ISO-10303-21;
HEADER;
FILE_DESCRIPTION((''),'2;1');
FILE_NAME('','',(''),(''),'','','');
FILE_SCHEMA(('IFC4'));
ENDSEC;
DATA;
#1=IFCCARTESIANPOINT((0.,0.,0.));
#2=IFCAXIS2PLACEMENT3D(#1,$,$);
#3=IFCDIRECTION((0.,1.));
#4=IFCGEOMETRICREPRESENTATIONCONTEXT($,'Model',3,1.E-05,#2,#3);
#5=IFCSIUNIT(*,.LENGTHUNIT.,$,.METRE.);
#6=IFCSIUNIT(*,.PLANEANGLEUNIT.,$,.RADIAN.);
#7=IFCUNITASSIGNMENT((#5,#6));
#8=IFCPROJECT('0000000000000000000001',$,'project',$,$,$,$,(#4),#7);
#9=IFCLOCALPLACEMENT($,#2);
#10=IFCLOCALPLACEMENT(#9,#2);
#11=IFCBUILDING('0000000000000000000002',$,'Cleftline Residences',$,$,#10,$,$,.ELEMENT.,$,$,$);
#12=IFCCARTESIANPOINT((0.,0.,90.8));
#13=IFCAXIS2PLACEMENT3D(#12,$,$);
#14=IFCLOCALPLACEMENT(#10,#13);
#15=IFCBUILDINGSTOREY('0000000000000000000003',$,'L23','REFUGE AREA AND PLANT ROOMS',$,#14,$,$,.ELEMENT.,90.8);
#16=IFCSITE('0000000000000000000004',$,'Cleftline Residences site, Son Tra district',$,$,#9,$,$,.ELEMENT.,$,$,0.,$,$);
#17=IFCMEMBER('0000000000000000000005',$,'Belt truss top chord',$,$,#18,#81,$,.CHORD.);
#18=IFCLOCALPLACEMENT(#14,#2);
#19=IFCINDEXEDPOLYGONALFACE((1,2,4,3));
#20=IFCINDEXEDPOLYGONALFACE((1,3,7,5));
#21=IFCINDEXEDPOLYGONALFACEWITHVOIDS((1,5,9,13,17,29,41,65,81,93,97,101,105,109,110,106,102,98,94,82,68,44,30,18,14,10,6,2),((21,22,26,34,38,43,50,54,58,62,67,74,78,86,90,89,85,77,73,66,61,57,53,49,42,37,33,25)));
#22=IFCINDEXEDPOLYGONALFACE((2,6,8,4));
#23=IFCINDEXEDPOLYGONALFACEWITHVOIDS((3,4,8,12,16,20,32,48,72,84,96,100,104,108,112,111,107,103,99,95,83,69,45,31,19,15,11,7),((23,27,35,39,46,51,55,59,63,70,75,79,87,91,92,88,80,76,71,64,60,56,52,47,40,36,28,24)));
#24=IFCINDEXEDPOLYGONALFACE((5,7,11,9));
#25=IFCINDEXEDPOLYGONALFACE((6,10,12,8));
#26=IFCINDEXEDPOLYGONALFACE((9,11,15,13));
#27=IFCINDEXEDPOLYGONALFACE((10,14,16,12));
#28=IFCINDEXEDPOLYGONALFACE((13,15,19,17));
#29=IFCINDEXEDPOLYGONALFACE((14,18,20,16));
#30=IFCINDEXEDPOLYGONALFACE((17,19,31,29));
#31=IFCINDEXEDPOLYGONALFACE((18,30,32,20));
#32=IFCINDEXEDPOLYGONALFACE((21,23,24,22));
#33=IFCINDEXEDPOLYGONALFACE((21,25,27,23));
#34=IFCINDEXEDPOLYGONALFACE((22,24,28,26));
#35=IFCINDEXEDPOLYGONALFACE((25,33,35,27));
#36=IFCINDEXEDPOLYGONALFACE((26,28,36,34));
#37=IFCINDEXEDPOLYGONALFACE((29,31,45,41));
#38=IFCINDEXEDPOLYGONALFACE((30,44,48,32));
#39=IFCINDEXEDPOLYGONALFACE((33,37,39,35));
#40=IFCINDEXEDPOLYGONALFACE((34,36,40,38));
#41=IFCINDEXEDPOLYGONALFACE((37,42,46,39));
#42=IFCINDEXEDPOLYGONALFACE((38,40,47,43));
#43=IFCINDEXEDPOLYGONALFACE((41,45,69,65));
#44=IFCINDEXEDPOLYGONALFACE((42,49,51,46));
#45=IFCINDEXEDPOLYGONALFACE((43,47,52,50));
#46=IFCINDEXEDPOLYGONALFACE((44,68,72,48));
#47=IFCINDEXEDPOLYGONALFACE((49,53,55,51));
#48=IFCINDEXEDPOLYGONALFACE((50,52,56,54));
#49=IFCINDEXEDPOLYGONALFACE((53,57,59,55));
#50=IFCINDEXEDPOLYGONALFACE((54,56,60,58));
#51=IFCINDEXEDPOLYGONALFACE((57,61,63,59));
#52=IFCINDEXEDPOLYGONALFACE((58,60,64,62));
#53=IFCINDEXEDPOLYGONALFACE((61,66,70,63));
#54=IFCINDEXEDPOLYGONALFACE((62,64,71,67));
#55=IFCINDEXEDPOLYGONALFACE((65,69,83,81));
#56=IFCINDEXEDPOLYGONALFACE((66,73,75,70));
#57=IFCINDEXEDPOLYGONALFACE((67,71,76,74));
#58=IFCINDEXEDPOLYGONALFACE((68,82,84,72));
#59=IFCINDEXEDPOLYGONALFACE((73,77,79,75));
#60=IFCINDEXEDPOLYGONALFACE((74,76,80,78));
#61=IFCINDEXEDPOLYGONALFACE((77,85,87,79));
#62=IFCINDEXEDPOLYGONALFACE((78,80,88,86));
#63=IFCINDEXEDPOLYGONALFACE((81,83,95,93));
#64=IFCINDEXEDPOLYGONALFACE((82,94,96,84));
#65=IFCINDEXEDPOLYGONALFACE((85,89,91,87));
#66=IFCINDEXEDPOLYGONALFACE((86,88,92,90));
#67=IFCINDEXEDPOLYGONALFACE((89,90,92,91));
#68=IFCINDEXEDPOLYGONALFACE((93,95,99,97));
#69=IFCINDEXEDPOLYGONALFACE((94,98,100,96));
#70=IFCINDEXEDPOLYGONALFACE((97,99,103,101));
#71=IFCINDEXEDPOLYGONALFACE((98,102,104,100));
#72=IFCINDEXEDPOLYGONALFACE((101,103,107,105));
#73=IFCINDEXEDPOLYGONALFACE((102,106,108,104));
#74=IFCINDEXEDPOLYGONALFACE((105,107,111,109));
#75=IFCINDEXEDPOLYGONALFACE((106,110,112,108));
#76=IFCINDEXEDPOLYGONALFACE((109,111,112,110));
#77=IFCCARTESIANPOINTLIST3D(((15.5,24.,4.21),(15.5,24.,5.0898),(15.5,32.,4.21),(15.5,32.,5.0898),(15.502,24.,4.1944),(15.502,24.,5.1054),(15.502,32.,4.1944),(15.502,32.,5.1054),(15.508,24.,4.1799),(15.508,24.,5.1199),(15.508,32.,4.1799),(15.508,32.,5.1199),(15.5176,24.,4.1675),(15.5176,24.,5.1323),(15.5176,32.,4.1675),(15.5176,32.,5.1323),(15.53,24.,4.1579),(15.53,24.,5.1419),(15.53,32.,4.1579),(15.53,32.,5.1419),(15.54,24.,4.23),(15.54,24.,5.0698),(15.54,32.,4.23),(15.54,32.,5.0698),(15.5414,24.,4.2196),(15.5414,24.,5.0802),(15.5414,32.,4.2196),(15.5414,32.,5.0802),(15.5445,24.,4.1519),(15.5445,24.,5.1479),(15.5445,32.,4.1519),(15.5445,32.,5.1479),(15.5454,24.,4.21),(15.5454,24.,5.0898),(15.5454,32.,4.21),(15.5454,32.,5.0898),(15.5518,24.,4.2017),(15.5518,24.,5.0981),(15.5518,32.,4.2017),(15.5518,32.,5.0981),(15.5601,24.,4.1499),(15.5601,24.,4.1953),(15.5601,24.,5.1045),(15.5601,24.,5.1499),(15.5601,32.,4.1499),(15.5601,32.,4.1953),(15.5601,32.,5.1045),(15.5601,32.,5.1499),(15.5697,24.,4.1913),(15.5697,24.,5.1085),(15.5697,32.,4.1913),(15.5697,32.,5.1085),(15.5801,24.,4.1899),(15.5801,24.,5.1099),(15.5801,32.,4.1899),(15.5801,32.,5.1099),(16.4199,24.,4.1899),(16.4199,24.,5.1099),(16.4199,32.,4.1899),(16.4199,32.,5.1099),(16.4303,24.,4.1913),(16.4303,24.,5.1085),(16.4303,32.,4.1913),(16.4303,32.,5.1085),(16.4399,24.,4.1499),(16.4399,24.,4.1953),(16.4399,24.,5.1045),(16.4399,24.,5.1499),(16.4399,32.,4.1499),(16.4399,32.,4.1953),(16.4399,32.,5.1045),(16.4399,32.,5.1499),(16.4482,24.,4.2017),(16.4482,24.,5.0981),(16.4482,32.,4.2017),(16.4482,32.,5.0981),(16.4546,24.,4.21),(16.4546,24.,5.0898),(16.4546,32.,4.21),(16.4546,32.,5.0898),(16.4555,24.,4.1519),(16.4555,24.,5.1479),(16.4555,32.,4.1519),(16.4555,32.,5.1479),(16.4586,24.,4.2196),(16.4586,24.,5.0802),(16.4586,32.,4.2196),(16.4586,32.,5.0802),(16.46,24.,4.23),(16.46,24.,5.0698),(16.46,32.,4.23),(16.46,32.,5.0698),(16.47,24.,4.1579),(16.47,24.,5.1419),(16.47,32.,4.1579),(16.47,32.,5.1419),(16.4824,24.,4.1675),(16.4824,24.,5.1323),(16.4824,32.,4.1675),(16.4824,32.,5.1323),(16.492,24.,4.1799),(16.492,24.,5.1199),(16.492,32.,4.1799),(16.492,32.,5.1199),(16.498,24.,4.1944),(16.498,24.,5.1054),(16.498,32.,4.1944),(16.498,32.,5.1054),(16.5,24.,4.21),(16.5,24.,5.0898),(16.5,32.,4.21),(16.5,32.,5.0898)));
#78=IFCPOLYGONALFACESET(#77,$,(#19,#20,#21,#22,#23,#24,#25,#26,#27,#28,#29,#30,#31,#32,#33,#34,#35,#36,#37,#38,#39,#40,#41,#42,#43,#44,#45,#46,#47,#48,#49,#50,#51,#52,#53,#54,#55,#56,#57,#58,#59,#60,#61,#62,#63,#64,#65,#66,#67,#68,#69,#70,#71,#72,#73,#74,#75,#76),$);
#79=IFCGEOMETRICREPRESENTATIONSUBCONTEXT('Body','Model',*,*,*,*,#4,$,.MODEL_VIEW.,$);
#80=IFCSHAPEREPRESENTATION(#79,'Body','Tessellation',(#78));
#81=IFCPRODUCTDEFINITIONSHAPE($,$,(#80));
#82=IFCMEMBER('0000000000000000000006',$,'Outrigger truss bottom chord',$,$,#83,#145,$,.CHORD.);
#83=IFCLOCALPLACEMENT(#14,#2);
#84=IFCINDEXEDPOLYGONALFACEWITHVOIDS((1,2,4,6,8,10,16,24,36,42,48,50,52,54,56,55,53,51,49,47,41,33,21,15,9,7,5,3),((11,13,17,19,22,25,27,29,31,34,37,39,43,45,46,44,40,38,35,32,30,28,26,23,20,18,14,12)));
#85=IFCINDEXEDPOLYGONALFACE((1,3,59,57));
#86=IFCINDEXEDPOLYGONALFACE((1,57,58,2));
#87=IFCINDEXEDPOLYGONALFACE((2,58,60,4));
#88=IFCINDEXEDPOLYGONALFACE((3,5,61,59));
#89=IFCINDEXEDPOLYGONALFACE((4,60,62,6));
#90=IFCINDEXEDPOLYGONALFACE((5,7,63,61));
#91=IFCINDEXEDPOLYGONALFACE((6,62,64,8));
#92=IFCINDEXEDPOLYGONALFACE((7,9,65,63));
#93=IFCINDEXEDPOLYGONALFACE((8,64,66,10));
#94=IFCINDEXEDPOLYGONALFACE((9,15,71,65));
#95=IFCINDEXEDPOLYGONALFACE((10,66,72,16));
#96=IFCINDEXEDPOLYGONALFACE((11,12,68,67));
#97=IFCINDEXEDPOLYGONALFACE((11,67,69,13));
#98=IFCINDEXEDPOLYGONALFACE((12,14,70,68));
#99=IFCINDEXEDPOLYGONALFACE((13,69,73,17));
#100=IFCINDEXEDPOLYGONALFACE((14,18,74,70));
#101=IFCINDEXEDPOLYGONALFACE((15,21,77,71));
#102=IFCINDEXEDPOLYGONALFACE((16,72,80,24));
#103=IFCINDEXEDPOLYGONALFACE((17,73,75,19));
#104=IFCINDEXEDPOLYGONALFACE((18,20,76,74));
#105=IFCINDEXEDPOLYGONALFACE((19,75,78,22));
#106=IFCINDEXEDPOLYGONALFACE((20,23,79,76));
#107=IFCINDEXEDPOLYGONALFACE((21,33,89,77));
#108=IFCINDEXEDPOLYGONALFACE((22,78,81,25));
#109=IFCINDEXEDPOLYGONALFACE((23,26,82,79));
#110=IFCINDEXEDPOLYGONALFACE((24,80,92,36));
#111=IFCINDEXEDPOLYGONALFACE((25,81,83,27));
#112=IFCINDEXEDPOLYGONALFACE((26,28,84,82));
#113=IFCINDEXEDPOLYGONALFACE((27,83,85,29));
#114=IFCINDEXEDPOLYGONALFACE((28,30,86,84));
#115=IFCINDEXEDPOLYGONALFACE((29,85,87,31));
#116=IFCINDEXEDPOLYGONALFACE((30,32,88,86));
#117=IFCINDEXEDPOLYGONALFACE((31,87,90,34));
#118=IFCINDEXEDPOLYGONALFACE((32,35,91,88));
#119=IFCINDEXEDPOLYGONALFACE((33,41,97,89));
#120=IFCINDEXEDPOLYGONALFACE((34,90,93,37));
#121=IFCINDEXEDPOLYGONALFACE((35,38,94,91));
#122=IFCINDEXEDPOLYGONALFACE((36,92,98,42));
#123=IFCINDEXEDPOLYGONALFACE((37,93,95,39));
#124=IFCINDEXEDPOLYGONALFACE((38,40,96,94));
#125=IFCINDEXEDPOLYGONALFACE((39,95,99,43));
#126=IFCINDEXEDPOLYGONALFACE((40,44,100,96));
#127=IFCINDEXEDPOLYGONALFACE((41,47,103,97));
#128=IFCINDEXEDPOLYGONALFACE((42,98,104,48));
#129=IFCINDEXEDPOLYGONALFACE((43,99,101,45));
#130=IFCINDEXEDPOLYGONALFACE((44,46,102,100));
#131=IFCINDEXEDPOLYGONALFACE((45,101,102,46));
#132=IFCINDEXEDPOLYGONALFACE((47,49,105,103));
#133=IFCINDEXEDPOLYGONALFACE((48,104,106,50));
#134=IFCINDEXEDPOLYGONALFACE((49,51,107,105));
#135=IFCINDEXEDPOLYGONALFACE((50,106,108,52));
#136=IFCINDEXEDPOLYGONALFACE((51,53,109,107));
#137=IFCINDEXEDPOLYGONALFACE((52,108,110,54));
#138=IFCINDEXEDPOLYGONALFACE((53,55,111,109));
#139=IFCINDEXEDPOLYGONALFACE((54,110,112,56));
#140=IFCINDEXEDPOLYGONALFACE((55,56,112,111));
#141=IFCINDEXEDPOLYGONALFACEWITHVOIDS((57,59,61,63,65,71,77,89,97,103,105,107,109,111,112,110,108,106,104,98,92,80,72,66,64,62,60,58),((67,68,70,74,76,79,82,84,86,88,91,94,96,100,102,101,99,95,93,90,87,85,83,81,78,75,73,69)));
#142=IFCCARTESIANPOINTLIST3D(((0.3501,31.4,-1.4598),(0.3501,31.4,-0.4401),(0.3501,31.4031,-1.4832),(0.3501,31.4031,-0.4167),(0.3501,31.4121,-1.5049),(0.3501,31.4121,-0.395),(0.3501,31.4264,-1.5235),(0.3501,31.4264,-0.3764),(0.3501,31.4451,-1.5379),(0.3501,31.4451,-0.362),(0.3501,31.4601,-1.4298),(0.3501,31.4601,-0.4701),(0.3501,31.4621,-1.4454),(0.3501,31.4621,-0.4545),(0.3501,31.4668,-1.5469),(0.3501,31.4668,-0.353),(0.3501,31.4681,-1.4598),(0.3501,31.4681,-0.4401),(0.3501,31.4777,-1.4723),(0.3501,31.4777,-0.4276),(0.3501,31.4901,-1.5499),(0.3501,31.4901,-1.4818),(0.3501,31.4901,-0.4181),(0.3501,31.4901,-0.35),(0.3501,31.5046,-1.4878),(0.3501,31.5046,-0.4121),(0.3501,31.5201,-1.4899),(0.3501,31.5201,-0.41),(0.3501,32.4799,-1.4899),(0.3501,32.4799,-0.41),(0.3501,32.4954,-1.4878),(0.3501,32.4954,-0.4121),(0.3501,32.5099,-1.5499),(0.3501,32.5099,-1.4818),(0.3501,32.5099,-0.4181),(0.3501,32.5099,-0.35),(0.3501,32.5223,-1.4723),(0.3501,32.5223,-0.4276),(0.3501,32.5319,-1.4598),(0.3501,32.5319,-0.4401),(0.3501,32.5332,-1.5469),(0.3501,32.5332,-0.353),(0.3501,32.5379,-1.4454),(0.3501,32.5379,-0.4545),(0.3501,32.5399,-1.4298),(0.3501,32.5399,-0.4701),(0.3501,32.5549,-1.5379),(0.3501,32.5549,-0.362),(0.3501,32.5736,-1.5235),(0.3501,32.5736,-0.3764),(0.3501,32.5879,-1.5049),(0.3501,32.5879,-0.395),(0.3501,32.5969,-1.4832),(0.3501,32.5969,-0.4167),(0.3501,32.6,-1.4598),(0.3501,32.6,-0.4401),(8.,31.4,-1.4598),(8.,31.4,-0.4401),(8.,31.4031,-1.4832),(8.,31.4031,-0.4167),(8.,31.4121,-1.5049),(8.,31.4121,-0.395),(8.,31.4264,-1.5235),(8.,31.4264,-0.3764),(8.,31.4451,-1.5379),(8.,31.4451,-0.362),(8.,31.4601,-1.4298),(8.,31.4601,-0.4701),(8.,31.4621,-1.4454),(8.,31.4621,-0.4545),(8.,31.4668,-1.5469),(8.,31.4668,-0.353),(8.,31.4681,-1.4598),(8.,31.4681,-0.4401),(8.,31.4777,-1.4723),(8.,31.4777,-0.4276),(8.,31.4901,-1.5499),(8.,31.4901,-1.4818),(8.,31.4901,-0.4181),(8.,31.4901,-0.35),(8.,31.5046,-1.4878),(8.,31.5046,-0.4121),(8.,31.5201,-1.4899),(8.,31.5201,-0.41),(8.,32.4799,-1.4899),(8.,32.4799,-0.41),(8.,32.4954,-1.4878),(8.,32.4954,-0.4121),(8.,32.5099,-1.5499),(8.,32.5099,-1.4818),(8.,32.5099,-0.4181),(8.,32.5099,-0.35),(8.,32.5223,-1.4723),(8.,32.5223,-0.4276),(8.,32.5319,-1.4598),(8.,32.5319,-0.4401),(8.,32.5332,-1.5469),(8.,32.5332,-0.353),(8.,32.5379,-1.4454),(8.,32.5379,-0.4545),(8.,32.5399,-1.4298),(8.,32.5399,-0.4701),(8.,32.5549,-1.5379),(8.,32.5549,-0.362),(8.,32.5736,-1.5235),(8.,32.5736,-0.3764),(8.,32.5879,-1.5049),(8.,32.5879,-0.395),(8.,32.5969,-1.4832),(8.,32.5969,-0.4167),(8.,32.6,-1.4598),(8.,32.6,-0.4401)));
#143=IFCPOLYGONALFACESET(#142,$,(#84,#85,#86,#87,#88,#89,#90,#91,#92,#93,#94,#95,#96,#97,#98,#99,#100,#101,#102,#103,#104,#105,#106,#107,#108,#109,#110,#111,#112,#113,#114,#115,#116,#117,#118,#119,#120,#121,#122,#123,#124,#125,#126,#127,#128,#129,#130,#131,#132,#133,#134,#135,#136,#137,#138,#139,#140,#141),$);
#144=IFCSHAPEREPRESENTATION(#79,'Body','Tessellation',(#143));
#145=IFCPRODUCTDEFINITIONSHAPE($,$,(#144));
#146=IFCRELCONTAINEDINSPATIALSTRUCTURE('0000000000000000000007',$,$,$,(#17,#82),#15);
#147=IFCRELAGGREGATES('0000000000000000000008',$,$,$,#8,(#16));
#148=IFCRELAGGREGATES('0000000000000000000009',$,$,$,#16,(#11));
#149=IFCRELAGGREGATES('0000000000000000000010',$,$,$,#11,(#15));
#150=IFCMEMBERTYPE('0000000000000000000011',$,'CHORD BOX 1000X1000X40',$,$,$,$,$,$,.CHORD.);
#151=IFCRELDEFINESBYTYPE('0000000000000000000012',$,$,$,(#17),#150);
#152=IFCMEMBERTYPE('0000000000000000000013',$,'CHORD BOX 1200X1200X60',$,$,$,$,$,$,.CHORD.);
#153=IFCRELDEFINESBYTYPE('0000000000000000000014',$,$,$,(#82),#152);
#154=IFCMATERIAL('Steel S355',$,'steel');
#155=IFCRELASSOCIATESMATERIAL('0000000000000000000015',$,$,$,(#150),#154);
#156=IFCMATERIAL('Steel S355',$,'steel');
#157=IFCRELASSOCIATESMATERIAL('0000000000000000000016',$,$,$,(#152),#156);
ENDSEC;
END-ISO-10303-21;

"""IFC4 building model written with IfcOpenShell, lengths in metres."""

from ifc_helpers import new_model, si_unit, direction, frame, origin, origin_2d, place, context, subcontext, project, spatial, hollow_rectangle, extrude, material, material_profile, profile_set, type_object, element, save


model = new_model("IFC4")

# Units and contexts
model_context = context("Model", 3, precision=1e-05, world=origin(), true_north=direction((0.0, 1.0)))
body_context = subcontext(model_context, "Body", "Model", "MODEL_VIEW")
ifc_project = project(units=[si_unit("LENGTHUNIT", "METRE"), si_unit("PLANEANGLEUNIT", "RADIAN")], contexts=[model_context])

# Site, building, storey
site_placement = place(None, origin())
site = spatial("IfcSite", under=ifc_project, at=site_placement, Name="Cleftline Residences site, Son Tra district", CompositionType="ELEMENT", RefElevation=0.0)
building_placement = place(site_placement, origin())
building = spatial("IfcBuilding", under=site, at=building_placement, Name="Cleftline Residences", CompositionType="ELEMENT")
storey_placement = place(building_placement, frame((0.0, 0.0, 90.8)))
storey = spatial("IfcBuildingStorey", under=building, at=storey_placement, Name="L23", Description="REFUGE AREA AND PLANT ROOMS", CompositionType="ELEMENT", Elevation=90.8)

# Members
ifc_material_1 = material(Name="Steel S355", Category="steel")
ifc_material_profile_1 = material_profile(ifc_material_1, hollow_rectangle(XDim=1.0, YDim=1.0, WallThickness=0.04, InnerFilletRadius=0.04, OuterFilletRadius=0.0601, at=origin_2d()))
ifc_profile_set_1 = profile_set([ifc_material_profile_1], Name="Steel S355")
member_type_1 = type_object("IfcMemberType", Name="CHORD BOX 1000X1000X40", PredefinedType="CHORD", material=ifc_profile_set_1)
for number, where, z_axis, x_axis, name in (
    (1, (16.0, 24.0, 4.6499), (0.0, 1.0, 0.0), (-1.0, 0.0, 0.0), "Belt truss top chord"),
):
    element("IfcMember", number, at=place(storey_placement, frame(where, z_axis=z_axis, x_axis=x_axis)), inside=storey, type_object=member_type_1, Name=name, PredefinedType="CHORD", context=body_context, shape_type="SweptSolid", body=[
        extrude(hollow_rectangle(XDim=1.0, YDim=1.0, WallThickness=0.04, InnerFilletRadius=0.04, OuterFilletRadius=0.0601, at=origin_2d()), origin(), (0.0, 0.0, 1.0), 8.0),
    ])
ifc_material_2 = material(Name="Steel S355", Category="steel")
ifc_material_profile_2 = material_profile(ifc_material_2, hollow_rectangle(XDim=1.2, YDim=1.2, WallThickness=0.0601, InnerFilletRadius=0.0601, OuterFilletRadius=0.0901, at=origin_2d()))
ifc_profile_set_2 = profile_set([ifc_material_profile_2], Name="Steel S355")
member_type_2 = type_object("IfcMemberType", Name="CHORD BOX 1200X1200X60", PredefinedType="CHORD", material=ifc_profile_set_2)
for number, where, z_axis, x_axis, name in (
    (2, (8.0, 32.0, -0.95), (-1.0, 0.0, 0.0), (0.0, -1.0, 0.0), "Outrigger truss bottom chord"),
):
    element("IfcMember", number, at=place(storey_placement, frame(where, z_axis=z_axis, x_axis=x_axis)), inside=storey, type_object=member_type_2, Name=name, PredefinedType="CHORD", context=body_context, shape_type="SweptSolid", body=[
        extrude(hollow_rectangle(XDim=1.2, YDim=1.2, WallThickness=0.0601, InnerFilletRadius=0.0601, OuterFilletRadius=0.0901, at=origin_2d()), origin(), (0.0, 0.0, 1.0), 7.6499),
    ])

save(model, "model.ifc")
